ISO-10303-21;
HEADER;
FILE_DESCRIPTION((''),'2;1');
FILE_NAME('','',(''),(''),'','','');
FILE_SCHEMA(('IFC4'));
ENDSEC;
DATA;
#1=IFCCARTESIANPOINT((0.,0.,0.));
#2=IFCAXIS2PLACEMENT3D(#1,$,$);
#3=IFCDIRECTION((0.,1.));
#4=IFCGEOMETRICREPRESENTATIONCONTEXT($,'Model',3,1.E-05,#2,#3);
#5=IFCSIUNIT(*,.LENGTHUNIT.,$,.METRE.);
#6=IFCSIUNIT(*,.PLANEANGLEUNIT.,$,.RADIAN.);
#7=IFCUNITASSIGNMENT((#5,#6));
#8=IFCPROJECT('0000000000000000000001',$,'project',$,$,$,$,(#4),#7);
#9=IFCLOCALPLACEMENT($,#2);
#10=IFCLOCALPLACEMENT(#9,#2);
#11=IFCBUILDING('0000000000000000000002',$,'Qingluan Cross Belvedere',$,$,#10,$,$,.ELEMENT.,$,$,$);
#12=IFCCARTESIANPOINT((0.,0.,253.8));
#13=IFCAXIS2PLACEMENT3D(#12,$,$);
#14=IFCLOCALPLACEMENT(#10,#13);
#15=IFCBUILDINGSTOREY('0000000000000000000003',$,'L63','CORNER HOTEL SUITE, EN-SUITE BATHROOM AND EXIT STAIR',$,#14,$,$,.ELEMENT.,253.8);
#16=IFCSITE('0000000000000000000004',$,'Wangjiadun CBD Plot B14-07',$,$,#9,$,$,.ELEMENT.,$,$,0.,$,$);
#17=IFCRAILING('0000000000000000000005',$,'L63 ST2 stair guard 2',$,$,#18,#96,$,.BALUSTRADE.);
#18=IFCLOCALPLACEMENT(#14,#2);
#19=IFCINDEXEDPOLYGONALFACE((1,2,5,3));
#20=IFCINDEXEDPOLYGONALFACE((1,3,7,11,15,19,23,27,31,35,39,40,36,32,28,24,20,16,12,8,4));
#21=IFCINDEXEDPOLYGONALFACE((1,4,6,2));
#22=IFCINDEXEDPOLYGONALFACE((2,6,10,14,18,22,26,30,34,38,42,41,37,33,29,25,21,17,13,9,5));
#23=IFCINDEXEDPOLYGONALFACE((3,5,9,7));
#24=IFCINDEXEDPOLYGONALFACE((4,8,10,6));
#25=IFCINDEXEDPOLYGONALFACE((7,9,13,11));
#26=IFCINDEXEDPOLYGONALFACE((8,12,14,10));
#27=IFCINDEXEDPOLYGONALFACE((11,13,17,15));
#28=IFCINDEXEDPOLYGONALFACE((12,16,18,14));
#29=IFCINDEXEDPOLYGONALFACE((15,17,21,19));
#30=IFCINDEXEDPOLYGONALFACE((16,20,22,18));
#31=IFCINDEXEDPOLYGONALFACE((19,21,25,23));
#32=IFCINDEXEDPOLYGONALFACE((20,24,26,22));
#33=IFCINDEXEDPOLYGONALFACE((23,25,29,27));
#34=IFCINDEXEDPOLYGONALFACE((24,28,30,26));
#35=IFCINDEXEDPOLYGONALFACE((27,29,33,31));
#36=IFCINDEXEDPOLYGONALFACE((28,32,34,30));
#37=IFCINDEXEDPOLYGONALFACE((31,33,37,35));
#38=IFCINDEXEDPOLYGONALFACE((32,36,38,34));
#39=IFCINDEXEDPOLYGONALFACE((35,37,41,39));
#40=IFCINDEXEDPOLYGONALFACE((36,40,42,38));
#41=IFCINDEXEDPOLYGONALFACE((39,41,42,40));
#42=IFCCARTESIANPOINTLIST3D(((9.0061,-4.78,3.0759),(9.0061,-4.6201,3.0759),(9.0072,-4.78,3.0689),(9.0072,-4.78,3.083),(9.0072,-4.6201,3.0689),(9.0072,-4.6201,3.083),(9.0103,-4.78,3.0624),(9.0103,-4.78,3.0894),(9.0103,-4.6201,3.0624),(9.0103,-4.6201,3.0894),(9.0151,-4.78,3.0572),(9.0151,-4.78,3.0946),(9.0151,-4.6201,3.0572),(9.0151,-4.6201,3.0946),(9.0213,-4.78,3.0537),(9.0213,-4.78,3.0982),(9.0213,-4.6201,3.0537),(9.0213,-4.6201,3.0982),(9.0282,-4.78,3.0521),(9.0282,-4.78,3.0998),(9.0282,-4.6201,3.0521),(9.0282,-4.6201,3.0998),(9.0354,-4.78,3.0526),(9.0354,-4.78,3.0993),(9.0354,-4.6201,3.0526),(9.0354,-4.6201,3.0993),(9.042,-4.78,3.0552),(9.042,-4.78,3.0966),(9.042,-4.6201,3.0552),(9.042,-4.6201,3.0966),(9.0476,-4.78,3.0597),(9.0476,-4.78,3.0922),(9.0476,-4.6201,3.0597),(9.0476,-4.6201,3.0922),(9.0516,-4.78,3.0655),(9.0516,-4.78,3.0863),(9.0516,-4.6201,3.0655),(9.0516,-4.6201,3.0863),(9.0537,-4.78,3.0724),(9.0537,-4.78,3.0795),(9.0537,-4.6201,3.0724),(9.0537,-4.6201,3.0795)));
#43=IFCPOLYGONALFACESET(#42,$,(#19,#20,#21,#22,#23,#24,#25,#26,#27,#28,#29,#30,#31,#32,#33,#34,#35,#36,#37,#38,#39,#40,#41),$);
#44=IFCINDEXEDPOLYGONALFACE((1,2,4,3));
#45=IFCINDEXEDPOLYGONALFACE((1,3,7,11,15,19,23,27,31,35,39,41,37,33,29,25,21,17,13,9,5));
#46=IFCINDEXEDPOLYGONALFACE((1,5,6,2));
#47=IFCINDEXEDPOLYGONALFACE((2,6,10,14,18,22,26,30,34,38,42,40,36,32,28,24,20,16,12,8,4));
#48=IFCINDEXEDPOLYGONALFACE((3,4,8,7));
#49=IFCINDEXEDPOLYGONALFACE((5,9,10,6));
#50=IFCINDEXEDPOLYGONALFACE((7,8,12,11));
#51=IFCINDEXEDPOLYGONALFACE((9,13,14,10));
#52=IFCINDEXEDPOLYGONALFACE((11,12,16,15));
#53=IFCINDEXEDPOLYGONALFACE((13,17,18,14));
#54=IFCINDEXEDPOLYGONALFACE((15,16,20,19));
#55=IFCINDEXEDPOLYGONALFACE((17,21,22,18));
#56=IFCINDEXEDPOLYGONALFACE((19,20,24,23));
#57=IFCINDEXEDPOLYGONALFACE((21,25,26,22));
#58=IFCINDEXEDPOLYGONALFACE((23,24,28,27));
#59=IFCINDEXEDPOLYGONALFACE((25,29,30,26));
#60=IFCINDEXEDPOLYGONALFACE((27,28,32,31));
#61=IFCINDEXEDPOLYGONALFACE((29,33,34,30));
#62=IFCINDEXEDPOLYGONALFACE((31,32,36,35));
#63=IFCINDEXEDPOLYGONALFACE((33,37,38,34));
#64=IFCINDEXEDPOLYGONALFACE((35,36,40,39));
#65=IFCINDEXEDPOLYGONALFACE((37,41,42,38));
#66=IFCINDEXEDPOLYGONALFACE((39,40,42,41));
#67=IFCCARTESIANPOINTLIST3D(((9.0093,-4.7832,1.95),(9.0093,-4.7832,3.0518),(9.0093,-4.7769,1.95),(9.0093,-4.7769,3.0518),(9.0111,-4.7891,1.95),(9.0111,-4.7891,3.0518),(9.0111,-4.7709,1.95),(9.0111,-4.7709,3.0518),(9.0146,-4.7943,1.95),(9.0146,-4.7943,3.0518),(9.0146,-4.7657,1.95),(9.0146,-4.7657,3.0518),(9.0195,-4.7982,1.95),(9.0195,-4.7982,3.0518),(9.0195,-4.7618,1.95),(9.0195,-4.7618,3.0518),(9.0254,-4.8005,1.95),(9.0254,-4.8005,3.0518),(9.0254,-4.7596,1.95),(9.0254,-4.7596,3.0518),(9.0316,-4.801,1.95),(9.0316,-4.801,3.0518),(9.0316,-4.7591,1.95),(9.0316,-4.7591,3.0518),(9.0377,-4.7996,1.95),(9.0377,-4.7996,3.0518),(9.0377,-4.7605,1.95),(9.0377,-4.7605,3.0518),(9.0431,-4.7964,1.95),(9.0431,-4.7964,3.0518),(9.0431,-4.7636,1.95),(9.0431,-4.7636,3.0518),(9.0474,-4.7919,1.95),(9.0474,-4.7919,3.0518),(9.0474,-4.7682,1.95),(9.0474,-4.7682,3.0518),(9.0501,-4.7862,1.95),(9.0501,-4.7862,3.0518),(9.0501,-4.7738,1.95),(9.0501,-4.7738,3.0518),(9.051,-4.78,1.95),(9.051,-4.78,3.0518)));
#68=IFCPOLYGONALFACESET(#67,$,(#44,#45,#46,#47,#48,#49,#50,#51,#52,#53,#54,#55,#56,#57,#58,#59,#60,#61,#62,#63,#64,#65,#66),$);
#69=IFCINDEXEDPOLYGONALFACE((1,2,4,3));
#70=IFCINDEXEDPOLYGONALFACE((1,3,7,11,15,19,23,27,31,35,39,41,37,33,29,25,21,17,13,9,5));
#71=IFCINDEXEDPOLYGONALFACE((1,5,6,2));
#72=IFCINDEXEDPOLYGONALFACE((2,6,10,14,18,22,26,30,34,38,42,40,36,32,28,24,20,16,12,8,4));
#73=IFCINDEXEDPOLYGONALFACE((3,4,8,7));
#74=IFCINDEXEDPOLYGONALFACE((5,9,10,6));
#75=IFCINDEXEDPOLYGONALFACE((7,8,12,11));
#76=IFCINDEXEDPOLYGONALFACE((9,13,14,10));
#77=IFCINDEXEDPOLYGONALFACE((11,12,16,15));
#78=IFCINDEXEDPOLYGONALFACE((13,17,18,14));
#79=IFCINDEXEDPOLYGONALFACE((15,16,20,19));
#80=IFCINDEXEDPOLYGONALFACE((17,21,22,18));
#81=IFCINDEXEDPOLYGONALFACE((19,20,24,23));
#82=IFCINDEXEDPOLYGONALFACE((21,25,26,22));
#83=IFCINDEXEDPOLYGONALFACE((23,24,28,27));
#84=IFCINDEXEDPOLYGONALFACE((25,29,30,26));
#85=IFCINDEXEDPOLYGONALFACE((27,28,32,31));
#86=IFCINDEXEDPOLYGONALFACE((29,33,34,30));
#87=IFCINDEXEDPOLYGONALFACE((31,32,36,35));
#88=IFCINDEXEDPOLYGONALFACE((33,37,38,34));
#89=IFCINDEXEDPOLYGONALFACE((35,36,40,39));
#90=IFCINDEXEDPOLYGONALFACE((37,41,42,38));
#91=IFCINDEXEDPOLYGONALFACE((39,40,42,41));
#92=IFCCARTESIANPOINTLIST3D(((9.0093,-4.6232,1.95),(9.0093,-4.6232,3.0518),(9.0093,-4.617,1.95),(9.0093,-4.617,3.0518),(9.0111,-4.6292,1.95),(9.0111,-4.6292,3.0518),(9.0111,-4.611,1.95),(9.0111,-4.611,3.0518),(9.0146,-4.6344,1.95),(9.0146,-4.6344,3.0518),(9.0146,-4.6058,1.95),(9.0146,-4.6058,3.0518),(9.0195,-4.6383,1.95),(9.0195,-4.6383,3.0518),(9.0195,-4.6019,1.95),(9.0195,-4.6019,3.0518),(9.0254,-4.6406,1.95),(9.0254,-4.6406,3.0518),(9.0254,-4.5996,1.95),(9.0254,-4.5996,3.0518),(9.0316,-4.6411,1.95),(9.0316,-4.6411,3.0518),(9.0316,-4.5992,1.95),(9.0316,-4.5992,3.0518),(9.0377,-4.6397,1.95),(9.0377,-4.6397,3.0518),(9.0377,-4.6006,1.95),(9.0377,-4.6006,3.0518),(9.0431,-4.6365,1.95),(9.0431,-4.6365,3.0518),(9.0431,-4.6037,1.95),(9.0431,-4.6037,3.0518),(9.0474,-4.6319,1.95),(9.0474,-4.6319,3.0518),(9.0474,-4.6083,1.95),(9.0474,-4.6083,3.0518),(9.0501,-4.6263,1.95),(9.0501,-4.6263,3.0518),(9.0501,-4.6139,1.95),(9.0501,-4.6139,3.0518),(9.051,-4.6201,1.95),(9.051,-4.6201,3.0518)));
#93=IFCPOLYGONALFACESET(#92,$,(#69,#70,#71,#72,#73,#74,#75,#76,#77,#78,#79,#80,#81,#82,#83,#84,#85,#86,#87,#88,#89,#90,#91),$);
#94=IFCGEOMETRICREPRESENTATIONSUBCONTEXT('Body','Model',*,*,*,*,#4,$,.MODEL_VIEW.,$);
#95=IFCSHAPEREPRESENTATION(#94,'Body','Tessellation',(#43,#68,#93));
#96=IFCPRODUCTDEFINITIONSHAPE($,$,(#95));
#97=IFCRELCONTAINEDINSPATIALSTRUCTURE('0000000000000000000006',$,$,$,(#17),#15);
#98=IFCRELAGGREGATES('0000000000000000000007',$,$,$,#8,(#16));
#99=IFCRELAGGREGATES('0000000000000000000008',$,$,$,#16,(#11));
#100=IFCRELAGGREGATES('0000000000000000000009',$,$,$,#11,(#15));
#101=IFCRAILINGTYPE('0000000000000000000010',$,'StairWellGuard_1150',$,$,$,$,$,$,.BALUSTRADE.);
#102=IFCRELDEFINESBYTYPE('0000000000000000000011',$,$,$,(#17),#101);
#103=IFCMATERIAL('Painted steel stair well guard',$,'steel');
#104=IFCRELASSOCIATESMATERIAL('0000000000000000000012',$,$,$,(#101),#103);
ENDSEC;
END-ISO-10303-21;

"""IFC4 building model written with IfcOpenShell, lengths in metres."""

from ifc_helpers import new_model, si_unit, direction, frame, origin, origin_2d, place, context, subcontext, project, spatial, circle, extrude, material, type_object, element, save


model = new_model("IFC4")

# Units and contexts
model_context = context("Model", 3, precision=1e-05, world=origin(), true_north=direction((0.0, 1.0)))
body_context = subcontext(model_context, "Body", "Model", "MODEL_VIEW")
ifc_project = project(units=[si_unit("LENGTHUNIT", "METRE"), si_unit("PLANEANGLEUNIT", "RADIAN")], contexts=[model_context])

# Site, building, storey
site_placement = place(None, origin())
site = spatial("IfcSite", under=ifc_project, at=site_placement, Name="Wangjiadun CBD Plot B14-07", CompositionType="ELEMENT", RefElevation=0.0)
building_placement = place(site_placement, origin())
building = spatial("IfcBuilding", under=site, at=building_placement, Name="Qingluan Cross Belvedere", CompositionType="ELEMENT")
storey_placement = place(building_placement, frame((0.0, 0.0, 253.8)))
storey = spatial("IfcBuildingStorey", under=building, at=storey_placement, Name="L63", Description="CORNER HOTEL SUITE, EN-SUITE BATHROOM AND EXIT STAIR", CompositionType="ELEMENT", Elevation=253.8)

# Railing
ifc_material_1 = material(Name="Painted steel stair well guard", Category="steel")
railing_type_1 = type_object("IfcRailingType", Name="StairWellGuard_1150", PredefinedType="BALUSTRADE", material=ifc_material_1)
railing_1_placement = place(storey_placement, frame((9.03, -4.78, 1.95)))
element("IfcRailing", 1, at=railing_1_placement, inside=storey, type_object=railing_type_1, Name="L63 ST2 stair guard 2", PredefinedType="BALUSTRADE", context=body_context, shape_type="SweptSolid", body=[
    extrude(circle(Radius=0.0239, at=origin_2d()), frame((0.0, 0.0, 1.126), z_axis=(0.0, 1.0, 0.0), x_axis=(-1.0, 0.0, 0.0)), (0.0, 0.0, 1.0), 0.1599),
    extrude(circle(Radius=0.021, at=origin_2d()), origin(), (0.0, 0.0, 1.0), 1.1018),
    extrude(circle(Radius=0.021, at=origin_2d()), frame((0.0, 0.1599, 0.0)), (0.0, 0.0, 1.0), 1.1018),
])

save(model, "model.ifc")
